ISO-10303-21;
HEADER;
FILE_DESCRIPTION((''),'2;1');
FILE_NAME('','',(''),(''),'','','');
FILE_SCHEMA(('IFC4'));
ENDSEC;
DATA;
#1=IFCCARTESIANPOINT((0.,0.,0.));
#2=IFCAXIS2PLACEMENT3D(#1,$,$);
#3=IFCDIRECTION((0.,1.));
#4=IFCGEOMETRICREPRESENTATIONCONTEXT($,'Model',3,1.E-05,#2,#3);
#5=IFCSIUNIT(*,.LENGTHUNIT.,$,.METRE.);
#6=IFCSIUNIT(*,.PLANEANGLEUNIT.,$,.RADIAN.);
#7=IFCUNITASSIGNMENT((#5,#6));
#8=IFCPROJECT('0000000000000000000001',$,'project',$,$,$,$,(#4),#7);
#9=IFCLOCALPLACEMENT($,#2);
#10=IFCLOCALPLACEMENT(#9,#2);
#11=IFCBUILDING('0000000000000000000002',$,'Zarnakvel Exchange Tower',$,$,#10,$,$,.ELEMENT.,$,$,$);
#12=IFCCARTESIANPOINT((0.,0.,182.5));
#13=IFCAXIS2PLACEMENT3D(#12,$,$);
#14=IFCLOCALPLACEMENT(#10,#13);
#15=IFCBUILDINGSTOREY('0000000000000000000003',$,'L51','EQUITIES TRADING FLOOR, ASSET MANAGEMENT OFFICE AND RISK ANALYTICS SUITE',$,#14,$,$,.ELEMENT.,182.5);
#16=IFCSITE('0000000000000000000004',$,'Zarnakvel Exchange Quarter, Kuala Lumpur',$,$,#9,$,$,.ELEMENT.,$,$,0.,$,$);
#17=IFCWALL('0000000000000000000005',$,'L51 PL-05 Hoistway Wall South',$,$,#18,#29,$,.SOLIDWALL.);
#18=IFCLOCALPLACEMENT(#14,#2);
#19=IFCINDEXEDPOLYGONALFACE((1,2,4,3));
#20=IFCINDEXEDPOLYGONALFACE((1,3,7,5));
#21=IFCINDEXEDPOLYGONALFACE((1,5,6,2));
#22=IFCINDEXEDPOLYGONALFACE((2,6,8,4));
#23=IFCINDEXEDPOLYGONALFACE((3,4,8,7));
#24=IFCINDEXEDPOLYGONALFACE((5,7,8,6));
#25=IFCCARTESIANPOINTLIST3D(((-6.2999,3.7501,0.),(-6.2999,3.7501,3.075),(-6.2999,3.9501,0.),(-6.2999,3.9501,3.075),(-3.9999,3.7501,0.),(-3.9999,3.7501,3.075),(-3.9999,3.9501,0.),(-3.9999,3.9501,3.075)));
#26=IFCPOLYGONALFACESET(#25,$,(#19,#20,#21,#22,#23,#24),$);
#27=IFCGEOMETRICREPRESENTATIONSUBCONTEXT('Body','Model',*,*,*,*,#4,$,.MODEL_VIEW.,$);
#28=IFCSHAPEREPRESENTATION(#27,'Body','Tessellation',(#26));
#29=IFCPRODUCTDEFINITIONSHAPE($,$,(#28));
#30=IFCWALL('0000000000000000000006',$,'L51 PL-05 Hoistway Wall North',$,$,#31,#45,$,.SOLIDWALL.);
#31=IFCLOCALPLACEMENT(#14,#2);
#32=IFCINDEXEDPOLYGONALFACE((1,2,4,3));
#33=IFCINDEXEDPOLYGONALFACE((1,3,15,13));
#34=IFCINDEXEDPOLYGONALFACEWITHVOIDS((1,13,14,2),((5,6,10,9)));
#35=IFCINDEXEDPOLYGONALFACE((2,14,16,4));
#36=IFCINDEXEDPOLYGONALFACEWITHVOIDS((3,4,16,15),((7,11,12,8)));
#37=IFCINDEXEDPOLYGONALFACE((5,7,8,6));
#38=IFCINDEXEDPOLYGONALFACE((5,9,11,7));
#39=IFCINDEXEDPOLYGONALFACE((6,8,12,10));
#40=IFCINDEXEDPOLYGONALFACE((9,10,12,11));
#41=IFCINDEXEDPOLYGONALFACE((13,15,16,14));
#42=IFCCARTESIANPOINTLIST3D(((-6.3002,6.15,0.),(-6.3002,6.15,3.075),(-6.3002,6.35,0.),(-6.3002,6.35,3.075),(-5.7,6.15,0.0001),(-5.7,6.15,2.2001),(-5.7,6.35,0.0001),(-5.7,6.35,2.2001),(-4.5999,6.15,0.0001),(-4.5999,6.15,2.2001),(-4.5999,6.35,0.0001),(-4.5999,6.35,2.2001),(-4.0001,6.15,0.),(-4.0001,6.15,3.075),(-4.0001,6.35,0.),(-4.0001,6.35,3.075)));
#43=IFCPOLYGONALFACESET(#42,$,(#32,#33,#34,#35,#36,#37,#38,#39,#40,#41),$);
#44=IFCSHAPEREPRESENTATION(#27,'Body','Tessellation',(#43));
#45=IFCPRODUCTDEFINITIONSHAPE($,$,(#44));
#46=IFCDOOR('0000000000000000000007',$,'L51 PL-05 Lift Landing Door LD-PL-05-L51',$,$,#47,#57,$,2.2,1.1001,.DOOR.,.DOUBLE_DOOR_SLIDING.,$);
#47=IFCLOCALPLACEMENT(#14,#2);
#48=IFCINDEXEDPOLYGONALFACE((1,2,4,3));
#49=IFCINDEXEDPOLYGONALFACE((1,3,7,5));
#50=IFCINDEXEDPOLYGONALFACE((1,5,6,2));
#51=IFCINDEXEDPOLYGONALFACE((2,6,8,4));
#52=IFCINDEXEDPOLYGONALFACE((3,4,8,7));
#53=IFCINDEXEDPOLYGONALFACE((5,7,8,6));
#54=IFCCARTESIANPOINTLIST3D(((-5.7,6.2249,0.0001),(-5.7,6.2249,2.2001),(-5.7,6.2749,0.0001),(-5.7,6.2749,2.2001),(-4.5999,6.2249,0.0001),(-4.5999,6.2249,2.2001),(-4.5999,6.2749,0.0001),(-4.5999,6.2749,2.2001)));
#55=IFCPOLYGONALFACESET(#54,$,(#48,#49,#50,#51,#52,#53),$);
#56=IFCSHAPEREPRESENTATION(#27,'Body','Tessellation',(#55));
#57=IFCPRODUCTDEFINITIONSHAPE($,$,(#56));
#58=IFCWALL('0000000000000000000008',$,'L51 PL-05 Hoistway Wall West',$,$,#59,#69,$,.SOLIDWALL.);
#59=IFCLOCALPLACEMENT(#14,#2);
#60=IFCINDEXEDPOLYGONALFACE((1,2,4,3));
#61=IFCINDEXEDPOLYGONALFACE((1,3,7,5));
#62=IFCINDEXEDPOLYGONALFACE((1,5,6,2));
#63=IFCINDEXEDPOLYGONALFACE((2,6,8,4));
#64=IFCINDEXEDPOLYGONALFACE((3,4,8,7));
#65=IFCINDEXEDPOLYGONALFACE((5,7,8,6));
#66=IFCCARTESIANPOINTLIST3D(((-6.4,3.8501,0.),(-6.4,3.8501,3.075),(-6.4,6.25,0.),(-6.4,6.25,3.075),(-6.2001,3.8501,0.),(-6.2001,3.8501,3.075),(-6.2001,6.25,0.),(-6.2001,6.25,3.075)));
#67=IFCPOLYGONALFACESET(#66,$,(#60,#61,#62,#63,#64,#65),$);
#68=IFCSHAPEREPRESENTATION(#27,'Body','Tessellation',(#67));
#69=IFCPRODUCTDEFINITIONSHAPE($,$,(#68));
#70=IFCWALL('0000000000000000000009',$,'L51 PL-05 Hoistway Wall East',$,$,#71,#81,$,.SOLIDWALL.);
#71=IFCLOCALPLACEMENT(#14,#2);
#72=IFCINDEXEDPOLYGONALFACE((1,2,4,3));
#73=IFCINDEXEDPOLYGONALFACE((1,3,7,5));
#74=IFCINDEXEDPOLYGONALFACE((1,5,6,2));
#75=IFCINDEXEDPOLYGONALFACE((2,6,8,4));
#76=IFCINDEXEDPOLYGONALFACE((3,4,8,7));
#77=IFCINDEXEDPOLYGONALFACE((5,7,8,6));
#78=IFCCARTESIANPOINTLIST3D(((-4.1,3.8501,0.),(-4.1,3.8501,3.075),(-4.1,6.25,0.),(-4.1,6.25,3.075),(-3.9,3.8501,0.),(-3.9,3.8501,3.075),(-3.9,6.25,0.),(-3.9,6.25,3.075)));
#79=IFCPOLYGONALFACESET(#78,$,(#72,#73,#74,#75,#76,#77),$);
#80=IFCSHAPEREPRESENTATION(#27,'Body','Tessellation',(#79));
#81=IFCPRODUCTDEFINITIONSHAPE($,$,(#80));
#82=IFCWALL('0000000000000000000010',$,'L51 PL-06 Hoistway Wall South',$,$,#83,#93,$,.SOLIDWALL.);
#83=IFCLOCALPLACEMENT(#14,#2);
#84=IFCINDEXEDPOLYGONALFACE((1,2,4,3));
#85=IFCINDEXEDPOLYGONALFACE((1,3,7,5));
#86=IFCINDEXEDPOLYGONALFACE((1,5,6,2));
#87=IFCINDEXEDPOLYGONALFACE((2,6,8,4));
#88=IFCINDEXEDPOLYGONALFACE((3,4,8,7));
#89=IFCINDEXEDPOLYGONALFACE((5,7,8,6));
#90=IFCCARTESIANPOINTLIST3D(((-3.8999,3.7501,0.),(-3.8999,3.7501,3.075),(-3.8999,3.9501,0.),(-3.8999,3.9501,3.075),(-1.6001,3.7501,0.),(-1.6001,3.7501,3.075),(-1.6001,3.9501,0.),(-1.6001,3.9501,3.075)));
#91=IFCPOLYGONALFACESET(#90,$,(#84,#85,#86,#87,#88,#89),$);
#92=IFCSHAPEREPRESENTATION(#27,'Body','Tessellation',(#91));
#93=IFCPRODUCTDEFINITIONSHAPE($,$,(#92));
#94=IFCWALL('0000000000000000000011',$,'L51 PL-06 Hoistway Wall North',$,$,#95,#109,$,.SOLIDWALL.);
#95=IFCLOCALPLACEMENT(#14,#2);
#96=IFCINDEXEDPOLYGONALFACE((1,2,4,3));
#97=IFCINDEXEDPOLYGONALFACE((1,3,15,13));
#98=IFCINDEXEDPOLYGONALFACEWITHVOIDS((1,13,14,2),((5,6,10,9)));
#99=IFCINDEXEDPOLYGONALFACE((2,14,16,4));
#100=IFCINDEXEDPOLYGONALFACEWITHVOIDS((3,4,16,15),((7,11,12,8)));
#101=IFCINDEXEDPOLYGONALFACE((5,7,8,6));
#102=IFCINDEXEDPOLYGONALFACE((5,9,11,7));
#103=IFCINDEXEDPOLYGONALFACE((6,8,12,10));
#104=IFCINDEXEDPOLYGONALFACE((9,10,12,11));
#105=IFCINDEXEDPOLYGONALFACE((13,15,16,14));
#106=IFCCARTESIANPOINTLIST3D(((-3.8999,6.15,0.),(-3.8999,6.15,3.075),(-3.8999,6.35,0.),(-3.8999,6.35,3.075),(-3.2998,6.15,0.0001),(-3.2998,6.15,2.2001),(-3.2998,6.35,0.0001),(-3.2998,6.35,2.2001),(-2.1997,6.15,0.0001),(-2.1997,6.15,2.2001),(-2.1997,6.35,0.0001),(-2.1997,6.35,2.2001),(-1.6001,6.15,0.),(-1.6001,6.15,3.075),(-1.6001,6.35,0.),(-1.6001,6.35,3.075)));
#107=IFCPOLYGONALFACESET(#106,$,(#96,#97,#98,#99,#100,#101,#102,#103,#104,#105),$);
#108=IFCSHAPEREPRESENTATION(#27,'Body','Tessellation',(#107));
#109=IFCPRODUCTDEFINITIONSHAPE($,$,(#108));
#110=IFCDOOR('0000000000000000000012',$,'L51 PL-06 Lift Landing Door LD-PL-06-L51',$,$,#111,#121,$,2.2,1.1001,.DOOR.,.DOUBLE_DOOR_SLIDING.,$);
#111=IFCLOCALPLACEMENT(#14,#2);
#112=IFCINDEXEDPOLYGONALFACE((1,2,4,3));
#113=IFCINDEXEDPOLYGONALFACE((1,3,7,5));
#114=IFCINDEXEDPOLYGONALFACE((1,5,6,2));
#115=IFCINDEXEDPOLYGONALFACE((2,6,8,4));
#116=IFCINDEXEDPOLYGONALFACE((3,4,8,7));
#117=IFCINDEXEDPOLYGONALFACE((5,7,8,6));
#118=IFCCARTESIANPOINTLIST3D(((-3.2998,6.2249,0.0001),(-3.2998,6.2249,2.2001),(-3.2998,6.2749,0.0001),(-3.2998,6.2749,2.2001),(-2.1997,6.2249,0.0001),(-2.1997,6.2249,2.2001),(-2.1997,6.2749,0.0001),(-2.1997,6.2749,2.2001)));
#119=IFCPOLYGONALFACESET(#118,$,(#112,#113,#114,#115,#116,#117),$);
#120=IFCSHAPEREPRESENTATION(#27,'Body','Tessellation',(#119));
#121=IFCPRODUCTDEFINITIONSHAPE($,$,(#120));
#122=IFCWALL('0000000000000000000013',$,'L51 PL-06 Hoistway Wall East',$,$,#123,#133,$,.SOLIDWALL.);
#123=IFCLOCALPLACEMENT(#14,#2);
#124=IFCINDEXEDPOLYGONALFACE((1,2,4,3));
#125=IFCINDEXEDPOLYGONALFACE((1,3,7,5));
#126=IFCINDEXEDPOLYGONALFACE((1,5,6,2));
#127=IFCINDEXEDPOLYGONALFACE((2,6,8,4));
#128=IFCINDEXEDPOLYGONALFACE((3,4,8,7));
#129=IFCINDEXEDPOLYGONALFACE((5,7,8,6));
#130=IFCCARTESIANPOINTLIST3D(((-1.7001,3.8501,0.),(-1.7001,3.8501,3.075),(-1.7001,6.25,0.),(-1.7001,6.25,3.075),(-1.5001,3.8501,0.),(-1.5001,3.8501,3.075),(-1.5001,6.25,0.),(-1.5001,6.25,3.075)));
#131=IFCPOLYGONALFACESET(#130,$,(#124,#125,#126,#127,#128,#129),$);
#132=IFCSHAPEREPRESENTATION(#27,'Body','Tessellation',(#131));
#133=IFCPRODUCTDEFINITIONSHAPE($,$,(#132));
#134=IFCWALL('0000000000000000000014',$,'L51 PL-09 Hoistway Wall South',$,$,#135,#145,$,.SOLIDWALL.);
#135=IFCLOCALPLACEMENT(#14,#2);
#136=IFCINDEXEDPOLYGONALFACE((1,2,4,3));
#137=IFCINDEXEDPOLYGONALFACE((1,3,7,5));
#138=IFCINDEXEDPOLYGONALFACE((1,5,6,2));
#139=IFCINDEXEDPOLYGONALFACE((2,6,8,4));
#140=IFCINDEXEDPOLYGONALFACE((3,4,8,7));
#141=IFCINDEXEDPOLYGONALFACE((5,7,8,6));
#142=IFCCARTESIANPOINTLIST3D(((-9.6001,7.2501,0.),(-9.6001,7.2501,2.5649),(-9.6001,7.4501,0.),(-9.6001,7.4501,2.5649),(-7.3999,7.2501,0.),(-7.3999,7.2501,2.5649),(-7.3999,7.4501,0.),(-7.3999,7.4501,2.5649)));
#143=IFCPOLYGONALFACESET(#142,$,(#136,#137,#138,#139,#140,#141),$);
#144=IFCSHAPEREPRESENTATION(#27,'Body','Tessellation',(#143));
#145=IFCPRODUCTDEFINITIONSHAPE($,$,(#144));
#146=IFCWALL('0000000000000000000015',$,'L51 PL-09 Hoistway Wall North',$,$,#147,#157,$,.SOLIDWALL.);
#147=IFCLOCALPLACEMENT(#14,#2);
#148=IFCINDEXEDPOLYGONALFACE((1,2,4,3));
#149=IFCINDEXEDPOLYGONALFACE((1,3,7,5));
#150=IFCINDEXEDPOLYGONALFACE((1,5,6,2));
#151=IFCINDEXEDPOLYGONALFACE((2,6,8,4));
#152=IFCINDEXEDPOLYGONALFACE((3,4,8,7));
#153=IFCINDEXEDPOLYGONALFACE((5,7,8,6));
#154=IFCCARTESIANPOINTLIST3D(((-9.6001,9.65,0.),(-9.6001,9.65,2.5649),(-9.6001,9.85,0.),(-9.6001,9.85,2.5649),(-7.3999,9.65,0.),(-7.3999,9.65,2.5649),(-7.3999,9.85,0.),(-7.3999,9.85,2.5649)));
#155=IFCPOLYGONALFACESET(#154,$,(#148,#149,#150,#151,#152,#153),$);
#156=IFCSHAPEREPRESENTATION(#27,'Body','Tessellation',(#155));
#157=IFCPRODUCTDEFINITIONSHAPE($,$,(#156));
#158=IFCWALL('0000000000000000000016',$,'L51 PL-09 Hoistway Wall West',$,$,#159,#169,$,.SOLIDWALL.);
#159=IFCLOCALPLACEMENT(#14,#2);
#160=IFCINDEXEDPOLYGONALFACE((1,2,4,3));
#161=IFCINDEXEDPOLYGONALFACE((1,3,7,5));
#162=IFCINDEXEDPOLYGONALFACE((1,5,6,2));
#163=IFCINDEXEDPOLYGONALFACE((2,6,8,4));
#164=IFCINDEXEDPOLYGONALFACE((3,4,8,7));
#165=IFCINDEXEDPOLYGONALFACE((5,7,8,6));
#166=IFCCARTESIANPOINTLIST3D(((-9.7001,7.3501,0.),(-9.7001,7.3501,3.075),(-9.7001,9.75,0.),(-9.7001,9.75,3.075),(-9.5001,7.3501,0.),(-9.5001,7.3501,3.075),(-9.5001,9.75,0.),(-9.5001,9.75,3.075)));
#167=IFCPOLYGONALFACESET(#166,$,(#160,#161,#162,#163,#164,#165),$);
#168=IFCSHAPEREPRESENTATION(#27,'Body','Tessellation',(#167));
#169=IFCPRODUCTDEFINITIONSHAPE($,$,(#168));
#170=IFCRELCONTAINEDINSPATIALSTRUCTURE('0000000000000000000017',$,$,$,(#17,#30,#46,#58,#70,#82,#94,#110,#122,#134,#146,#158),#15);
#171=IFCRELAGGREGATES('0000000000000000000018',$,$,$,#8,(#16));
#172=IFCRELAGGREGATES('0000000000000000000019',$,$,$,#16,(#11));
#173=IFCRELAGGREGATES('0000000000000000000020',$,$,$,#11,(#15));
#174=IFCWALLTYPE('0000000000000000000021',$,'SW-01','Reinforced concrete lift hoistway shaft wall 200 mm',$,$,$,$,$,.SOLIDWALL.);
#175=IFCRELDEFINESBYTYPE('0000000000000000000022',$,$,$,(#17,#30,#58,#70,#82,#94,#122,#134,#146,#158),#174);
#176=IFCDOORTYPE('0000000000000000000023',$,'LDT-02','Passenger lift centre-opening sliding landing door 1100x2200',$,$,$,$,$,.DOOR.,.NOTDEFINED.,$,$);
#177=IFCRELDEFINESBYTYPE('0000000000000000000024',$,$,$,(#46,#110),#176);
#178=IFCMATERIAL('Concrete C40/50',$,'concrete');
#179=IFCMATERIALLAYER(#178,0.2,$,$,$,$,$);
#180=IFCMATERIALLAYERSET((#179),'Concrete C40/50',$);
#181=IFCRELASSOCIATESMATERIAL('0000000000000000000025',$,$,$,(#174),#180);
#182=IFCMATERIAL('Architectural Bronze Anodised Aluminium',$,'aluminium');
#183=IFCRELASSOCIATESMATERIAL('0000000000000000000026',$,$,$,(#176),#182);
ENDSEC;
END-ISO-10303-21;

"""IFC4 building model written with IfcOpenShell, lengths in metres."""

from ifc_helpers import new_model, si_unit, direction, frame, frame_2d, origin, place, context, subcontext, project, spatial, rectangle, extrude, source, transform, mapped, material, layer, layer_set, type_object, element, fill, save


model = new_model("IFC4")

# Units and contexts
model_context = context("Model", 3, precision=1e-05, world=origin(), true_north=direction((0.0, 1.0)))
body_context = subcontext(model_context, "Body", "Model", "MODEL_VIEW")
ifc_project = project(units=[si_unit("LENGTHUNIT", "METRE"), si_unit("PLANEANGLEUNIT", "RADIAN")], contexts=[model_context])

# Site, building, storey
site_placement = place(None, origin())
site = spatial("IfcSite", under=ifc_project, at=site_placement, Name="Zarnakvel Exchange Quarter, Kuala Lumpur", CompositionType="ELEMENT", RefElevation=0.0)
building_placement = place(site_placement, origin())
building = spatial("IfcBuilding", under=site, at=building_placement, Name="Zarnakvel Exchange Tower", CompositionType="ELEMENT")
storey_placement = place(building_placement, frame((0.0, 0.0, 182.5)))
storey = spatial("IfcBuildingStorey", under=building, at=storey_placement, Name="L51", Description="EQUITIES TRADING FLOOR, ASSET MANAGEMENT OFFICE AND RISK ANALYTICS SUITE", CompositionType="ELEMENT", Elevation=182.5)

# Shared definitions
ifc_material_1 = material(Name="Concrete C40/50", Category="concrete")

# Shared definitions
ifc_layer_1 = layer(ifc_material_1, 0.2)
ifc_layer_set_1 = layer_set([ifc_layer_1], Name="Concrete C40/50")
wall_type_1 = type_object("IfcWallType", Name="SW-01", Description="Reinforced concrete lift hoistway shaft wall 200 mm", PredefinedType="SOLIDWALL", material=ifc_layer_set_1)
shared_shape_1 = source(origin(), body_context, "Body", "SweptSolid", [
    extrude(rectangle(XDim=1.1001, YDim=2.2, at=frame_2d((0.55, 1.1001))), frame((0.0, 0.0249, 0.0), z_axis=(0.0, -1.0, 0.0), x_axis=(1.0, 0.0, 0.0)), (0.0, 0.0, 1.0), 0.05),
])

# Wall
wall_1_placement = place(storey_placement, frame((-4.0, 3.8501, 0.0), z_axis=(0.0, 0.0, 1.0), x_axis=(-1.0, 0.0, 0.0)))
element("IfcWall", 1, at=wall_1_placement, inside=storey, type_object=wall_type_1, Name="L51 PL-05 Hoistway Wall South", PredefinedType="SOLIDWALL", context=body_context, shape_type="SweptSolid", body=[
    extrude(rectangle(XDim=2.3, YDim=0.2, at=frame_2d((1.1499, 0.0))), origin(), (0.0, 0.0, 1.0), 3.075),
])

# Wall, opening, door
wall_2_placement = place(storey_placement, frame((-6.3, 6.25, 0.0), z_axis=(0.0, 0.0, 1.0), x_axis=(1.0, 0.0, 0.0)))
wall_2 = element("IfcWall", 2, at=wall_2_placement, inside=storey, type_object=wall_type_1, Name="L51 PL-05 Hoistway Wall North", PredefinedType="SOLIDWALL", context=body_context, shape_type="SweptSolid", body=[
    extrude(rectangle(XDim=2.3, YDim=0.2, at=frame_2d((1.1499, 0.0))), origin(), (0.0, 0.0, 1.0), 3.075),
])
opening_1_placement = place(wall_2_placement, frame((0.6001, 0.0, 0.0)))
opening_1 = element("IfcOpeningElement", 3, at=opening_1_placement, cuts=wall_2, PredefinedType="OPENING", context=body_context, shape_type="SweptSolid", body=[
    extrude(rectangle(XDim=1.1001, YDim=2.2, at=frame_2d((0.55, 1.1001))), frame((0.0, 0.1099, 0.0), z_axis=(0.0, -1.0, 0.0), x_axis=(1.0, 0.0, 0.0)), (0.0, 0.0, 1.0), 0.22),
])
ifc_material_2 = material(Name="Architectural Bronze Anodised Aluminium", Category="aluminium")
door_type_1 = type_object("IfcDoorType", Name="LDT-02", Description="Passenger lift centre-opening sliding landing door 1100x2200", OperationType="NOTDEFINED", PredefinedType="DOOR", material=ifc_material_2)
door_1_placement = place(opening_1_placement, origin())
door_1 = element("IfcDoor", 4, at=door_1_placement, inside=storey, type_object=door_type_1, Name="L51 PL-05 Lift Landing Door LD-PL-05-L51", OperationType="DOUBLE_DOOR_SLIDING", OverallHeight=2.2, OverallWidth=1.1001, PredefinedType="DOOR", context=body_context, shape_type="MappedRepresentation", body=[
    mapped(shared_shape_1, transform((0.0, 0.0, 0.0), x_axis=(1.0, 0.0, 0.0), y_axis=(0.0, 1.0, 0.0), z_axis=(0.0, 0.0, 1.0), scale=1.0)),
])
fill(opening_1, door_1)

# Walls
for number, where, z_axis, x_axis, name in (
    (5, (-6.3, 3.8501, 0.0), (0.0, 0.0, 1.0), (0.0, 1.0, 0.0), "L51 PL-05 Hoistway Wall West"),
    (6, (-4.0, 6.25, 0.0), (0.0, 0.0, 1.0), (0.0, -1.0, 0.0), "L51 PL-05 Hoistway Wall East"),
):
    element("IfcWall", number, at=place(storey_placement, frame(where, z_axis=z_axis, x_axis=x_axis)), inside=storey, type_object=wall_type_1, Name=name, PredefinedType="SOLIDWALL", context=body_context, shape_type="SweptSolid", body=[
        extrude(rectangle(XDim=2.3999, YDim=0.2, at=frame_2d((1.2, 0.0))), origin(), (0.0, 0.0, 1.0), 3.075),
    ])
wall_3_placement = place(storey_placement, frame((-1.6001, 3.8501, 0.0), z_axis=(0.0, 0.0, 1.0), x_axis=(-1.0, 0.0, 0.0)))
element("IfcWall", 7, at=wall_3_placement, inside=storey, type_object=wall_type_1, Name="L51 PL-06 Hoistway Wall South", PredefinedType="SOLIDWALL", context=body_context, shape_type="SweptSolid", body=[
    extrude(rectangle(XDim=2.2998, YDim=0.2, at=frame_2d((1.1499, 0.0))), origin(), (0.0, 0.0, 1.0), 3.075),
])

# Wall, opening, door
wall_4_placement = place(storey_placement, frame((-3.8999, 6.25, 0.0), z_axis=(0.0, 0.0, 1.0), x_axis=(1.0, 0.0, 0.0)))
wall_4 = element("IfcWall", 8, at=wall_4_placement, inside=storey, type_object=wall_type_1, Name="L51 PL-06 Hoistway Wall North", PredefinedType="SOLIDWALL", context=body_context, shape_type="SweptSolid", body=[
    extrude(rectangle(XDim=2.2998, YDim=0.2, at=frame_2d((1.1499, 0.0))), origin(), (0.0, 0.0, 1.0), 3.075),
])
opening_2_placement = place(wall_4_placement, frame((0.6001, 0.0, 0.0)))
opening_2 = element("IfcOpeningElement", 9, at=opening_2_placement, cuts=wall_4, PredefinedType="OPENING", context=body_context, shape_type="SweptSolid", body=[
    extrude(rectangle(XDim=1.1001, YDim=2.2, at=frame_2d((0.55, 1.1001))), frame((0.0, 0.1099, 0.0), z_axis=(0.0, -1.0, 0.0), x_axis=(1.0, 0.0, 0.0)), (0.0, 0.0, 1.0), 0.22),
])
door_2_placement = place(opening_2_placement, origin())
door_2 = element("IfcDoor", 10, at=door_2_placement, inside=storey, type_object=door_type_1, Name="L51 PL-06 Lift Landing Door LD-PL-06-L51", OperationType="DOUBLE_DOOR_SLIDING", OverallHeight=2.2, OverallWidth=1.1001, PredefinedType="DOOR", context=body_context, shape_type="MappedRepresentation", body=[
    mapped(shared_shape_1, transform((0.0, 0.0, 0.0), x_axis=(1.0, 0.0, 0.0), y_axis=(0.0, 1.0, 0.0), z_axis=(0.0, 0.0, 1.0), scale=1.0)),
])
fill(opening_2, door_2)

# Walls
wall_5_placement = place(storey_placement, frame((-1.6001, 6.25, 0.0), z_axis=(0.0, 0.0, 1.0), x_axis=(0.0, -1.0, 0.0)))
element("IfcWall", 11, at=wall_5_placement, inside=storey, type_object=wall_type_1, Name="L51 PL-06 Hoistway Wall East", PredefinedType="SOLIDWALL", context=body_context, shape_type="SweptSolid", body=[
    extrude(rectangle(XDim=2.3999, YDim=0.2, at=frame_2d((1.2, 0.0))), origin(), (0.0, 0.0, 1.0), 3.075),
])
for number, where, z_axis, x_axis, name in (
    (12, (-7.3999, 7.3501, 0.0), (0.0, 0.0, 1.0), (-1.0, 0.0, 0.0), "L51 PL-09 Hoistway Wall South"),
    (13, (-9.6001, 9.75, 0.0), (0.0, 0.0, 1.0), (1.0, 0.0, 0.0), "L51 PL-09 Hoistway Wall North"),
):
    element("IfcWall", number, at=place(storey_placement, frame(where, z_axis=z_axis, x_axis=x_axis)), inside=storey, type_object=wall_type_1, Name=name, PredefinedType="SOLIDWALL", context=body_context, shape_type="SweptSolid", body=[
        extrude(rectangle(XDim=2.2002, YDim=0.2, at=frame_2d((1.1001, 0.0))), origin(), (0.0, 0.0, 1.0), 2.5649),
    ])
wall_6_placement = place(storey_placement, frame((-9.6001, 7.3501, 0.0), z_axis=(0.0, 0.0, 1.0), x_axis=(0.0, 1.0, 0.0)))
element("IfcWall", 14, at=wall_6_placement, inside=storey, type_object=wall_type_1, Name="L51 PL-09 Hoistway Wall West", PredefinedType="SOLIDWALL", context=body_context, shape_type="SweptSolid", body=[
    extrude(rectangle(XDim=2.3999, YDim=0.2, at=frame_2d((1.2, 0.0))), origin(), (0.0, 0.0, 1.0), 3.075),
])

save(model, "model.ifc")
